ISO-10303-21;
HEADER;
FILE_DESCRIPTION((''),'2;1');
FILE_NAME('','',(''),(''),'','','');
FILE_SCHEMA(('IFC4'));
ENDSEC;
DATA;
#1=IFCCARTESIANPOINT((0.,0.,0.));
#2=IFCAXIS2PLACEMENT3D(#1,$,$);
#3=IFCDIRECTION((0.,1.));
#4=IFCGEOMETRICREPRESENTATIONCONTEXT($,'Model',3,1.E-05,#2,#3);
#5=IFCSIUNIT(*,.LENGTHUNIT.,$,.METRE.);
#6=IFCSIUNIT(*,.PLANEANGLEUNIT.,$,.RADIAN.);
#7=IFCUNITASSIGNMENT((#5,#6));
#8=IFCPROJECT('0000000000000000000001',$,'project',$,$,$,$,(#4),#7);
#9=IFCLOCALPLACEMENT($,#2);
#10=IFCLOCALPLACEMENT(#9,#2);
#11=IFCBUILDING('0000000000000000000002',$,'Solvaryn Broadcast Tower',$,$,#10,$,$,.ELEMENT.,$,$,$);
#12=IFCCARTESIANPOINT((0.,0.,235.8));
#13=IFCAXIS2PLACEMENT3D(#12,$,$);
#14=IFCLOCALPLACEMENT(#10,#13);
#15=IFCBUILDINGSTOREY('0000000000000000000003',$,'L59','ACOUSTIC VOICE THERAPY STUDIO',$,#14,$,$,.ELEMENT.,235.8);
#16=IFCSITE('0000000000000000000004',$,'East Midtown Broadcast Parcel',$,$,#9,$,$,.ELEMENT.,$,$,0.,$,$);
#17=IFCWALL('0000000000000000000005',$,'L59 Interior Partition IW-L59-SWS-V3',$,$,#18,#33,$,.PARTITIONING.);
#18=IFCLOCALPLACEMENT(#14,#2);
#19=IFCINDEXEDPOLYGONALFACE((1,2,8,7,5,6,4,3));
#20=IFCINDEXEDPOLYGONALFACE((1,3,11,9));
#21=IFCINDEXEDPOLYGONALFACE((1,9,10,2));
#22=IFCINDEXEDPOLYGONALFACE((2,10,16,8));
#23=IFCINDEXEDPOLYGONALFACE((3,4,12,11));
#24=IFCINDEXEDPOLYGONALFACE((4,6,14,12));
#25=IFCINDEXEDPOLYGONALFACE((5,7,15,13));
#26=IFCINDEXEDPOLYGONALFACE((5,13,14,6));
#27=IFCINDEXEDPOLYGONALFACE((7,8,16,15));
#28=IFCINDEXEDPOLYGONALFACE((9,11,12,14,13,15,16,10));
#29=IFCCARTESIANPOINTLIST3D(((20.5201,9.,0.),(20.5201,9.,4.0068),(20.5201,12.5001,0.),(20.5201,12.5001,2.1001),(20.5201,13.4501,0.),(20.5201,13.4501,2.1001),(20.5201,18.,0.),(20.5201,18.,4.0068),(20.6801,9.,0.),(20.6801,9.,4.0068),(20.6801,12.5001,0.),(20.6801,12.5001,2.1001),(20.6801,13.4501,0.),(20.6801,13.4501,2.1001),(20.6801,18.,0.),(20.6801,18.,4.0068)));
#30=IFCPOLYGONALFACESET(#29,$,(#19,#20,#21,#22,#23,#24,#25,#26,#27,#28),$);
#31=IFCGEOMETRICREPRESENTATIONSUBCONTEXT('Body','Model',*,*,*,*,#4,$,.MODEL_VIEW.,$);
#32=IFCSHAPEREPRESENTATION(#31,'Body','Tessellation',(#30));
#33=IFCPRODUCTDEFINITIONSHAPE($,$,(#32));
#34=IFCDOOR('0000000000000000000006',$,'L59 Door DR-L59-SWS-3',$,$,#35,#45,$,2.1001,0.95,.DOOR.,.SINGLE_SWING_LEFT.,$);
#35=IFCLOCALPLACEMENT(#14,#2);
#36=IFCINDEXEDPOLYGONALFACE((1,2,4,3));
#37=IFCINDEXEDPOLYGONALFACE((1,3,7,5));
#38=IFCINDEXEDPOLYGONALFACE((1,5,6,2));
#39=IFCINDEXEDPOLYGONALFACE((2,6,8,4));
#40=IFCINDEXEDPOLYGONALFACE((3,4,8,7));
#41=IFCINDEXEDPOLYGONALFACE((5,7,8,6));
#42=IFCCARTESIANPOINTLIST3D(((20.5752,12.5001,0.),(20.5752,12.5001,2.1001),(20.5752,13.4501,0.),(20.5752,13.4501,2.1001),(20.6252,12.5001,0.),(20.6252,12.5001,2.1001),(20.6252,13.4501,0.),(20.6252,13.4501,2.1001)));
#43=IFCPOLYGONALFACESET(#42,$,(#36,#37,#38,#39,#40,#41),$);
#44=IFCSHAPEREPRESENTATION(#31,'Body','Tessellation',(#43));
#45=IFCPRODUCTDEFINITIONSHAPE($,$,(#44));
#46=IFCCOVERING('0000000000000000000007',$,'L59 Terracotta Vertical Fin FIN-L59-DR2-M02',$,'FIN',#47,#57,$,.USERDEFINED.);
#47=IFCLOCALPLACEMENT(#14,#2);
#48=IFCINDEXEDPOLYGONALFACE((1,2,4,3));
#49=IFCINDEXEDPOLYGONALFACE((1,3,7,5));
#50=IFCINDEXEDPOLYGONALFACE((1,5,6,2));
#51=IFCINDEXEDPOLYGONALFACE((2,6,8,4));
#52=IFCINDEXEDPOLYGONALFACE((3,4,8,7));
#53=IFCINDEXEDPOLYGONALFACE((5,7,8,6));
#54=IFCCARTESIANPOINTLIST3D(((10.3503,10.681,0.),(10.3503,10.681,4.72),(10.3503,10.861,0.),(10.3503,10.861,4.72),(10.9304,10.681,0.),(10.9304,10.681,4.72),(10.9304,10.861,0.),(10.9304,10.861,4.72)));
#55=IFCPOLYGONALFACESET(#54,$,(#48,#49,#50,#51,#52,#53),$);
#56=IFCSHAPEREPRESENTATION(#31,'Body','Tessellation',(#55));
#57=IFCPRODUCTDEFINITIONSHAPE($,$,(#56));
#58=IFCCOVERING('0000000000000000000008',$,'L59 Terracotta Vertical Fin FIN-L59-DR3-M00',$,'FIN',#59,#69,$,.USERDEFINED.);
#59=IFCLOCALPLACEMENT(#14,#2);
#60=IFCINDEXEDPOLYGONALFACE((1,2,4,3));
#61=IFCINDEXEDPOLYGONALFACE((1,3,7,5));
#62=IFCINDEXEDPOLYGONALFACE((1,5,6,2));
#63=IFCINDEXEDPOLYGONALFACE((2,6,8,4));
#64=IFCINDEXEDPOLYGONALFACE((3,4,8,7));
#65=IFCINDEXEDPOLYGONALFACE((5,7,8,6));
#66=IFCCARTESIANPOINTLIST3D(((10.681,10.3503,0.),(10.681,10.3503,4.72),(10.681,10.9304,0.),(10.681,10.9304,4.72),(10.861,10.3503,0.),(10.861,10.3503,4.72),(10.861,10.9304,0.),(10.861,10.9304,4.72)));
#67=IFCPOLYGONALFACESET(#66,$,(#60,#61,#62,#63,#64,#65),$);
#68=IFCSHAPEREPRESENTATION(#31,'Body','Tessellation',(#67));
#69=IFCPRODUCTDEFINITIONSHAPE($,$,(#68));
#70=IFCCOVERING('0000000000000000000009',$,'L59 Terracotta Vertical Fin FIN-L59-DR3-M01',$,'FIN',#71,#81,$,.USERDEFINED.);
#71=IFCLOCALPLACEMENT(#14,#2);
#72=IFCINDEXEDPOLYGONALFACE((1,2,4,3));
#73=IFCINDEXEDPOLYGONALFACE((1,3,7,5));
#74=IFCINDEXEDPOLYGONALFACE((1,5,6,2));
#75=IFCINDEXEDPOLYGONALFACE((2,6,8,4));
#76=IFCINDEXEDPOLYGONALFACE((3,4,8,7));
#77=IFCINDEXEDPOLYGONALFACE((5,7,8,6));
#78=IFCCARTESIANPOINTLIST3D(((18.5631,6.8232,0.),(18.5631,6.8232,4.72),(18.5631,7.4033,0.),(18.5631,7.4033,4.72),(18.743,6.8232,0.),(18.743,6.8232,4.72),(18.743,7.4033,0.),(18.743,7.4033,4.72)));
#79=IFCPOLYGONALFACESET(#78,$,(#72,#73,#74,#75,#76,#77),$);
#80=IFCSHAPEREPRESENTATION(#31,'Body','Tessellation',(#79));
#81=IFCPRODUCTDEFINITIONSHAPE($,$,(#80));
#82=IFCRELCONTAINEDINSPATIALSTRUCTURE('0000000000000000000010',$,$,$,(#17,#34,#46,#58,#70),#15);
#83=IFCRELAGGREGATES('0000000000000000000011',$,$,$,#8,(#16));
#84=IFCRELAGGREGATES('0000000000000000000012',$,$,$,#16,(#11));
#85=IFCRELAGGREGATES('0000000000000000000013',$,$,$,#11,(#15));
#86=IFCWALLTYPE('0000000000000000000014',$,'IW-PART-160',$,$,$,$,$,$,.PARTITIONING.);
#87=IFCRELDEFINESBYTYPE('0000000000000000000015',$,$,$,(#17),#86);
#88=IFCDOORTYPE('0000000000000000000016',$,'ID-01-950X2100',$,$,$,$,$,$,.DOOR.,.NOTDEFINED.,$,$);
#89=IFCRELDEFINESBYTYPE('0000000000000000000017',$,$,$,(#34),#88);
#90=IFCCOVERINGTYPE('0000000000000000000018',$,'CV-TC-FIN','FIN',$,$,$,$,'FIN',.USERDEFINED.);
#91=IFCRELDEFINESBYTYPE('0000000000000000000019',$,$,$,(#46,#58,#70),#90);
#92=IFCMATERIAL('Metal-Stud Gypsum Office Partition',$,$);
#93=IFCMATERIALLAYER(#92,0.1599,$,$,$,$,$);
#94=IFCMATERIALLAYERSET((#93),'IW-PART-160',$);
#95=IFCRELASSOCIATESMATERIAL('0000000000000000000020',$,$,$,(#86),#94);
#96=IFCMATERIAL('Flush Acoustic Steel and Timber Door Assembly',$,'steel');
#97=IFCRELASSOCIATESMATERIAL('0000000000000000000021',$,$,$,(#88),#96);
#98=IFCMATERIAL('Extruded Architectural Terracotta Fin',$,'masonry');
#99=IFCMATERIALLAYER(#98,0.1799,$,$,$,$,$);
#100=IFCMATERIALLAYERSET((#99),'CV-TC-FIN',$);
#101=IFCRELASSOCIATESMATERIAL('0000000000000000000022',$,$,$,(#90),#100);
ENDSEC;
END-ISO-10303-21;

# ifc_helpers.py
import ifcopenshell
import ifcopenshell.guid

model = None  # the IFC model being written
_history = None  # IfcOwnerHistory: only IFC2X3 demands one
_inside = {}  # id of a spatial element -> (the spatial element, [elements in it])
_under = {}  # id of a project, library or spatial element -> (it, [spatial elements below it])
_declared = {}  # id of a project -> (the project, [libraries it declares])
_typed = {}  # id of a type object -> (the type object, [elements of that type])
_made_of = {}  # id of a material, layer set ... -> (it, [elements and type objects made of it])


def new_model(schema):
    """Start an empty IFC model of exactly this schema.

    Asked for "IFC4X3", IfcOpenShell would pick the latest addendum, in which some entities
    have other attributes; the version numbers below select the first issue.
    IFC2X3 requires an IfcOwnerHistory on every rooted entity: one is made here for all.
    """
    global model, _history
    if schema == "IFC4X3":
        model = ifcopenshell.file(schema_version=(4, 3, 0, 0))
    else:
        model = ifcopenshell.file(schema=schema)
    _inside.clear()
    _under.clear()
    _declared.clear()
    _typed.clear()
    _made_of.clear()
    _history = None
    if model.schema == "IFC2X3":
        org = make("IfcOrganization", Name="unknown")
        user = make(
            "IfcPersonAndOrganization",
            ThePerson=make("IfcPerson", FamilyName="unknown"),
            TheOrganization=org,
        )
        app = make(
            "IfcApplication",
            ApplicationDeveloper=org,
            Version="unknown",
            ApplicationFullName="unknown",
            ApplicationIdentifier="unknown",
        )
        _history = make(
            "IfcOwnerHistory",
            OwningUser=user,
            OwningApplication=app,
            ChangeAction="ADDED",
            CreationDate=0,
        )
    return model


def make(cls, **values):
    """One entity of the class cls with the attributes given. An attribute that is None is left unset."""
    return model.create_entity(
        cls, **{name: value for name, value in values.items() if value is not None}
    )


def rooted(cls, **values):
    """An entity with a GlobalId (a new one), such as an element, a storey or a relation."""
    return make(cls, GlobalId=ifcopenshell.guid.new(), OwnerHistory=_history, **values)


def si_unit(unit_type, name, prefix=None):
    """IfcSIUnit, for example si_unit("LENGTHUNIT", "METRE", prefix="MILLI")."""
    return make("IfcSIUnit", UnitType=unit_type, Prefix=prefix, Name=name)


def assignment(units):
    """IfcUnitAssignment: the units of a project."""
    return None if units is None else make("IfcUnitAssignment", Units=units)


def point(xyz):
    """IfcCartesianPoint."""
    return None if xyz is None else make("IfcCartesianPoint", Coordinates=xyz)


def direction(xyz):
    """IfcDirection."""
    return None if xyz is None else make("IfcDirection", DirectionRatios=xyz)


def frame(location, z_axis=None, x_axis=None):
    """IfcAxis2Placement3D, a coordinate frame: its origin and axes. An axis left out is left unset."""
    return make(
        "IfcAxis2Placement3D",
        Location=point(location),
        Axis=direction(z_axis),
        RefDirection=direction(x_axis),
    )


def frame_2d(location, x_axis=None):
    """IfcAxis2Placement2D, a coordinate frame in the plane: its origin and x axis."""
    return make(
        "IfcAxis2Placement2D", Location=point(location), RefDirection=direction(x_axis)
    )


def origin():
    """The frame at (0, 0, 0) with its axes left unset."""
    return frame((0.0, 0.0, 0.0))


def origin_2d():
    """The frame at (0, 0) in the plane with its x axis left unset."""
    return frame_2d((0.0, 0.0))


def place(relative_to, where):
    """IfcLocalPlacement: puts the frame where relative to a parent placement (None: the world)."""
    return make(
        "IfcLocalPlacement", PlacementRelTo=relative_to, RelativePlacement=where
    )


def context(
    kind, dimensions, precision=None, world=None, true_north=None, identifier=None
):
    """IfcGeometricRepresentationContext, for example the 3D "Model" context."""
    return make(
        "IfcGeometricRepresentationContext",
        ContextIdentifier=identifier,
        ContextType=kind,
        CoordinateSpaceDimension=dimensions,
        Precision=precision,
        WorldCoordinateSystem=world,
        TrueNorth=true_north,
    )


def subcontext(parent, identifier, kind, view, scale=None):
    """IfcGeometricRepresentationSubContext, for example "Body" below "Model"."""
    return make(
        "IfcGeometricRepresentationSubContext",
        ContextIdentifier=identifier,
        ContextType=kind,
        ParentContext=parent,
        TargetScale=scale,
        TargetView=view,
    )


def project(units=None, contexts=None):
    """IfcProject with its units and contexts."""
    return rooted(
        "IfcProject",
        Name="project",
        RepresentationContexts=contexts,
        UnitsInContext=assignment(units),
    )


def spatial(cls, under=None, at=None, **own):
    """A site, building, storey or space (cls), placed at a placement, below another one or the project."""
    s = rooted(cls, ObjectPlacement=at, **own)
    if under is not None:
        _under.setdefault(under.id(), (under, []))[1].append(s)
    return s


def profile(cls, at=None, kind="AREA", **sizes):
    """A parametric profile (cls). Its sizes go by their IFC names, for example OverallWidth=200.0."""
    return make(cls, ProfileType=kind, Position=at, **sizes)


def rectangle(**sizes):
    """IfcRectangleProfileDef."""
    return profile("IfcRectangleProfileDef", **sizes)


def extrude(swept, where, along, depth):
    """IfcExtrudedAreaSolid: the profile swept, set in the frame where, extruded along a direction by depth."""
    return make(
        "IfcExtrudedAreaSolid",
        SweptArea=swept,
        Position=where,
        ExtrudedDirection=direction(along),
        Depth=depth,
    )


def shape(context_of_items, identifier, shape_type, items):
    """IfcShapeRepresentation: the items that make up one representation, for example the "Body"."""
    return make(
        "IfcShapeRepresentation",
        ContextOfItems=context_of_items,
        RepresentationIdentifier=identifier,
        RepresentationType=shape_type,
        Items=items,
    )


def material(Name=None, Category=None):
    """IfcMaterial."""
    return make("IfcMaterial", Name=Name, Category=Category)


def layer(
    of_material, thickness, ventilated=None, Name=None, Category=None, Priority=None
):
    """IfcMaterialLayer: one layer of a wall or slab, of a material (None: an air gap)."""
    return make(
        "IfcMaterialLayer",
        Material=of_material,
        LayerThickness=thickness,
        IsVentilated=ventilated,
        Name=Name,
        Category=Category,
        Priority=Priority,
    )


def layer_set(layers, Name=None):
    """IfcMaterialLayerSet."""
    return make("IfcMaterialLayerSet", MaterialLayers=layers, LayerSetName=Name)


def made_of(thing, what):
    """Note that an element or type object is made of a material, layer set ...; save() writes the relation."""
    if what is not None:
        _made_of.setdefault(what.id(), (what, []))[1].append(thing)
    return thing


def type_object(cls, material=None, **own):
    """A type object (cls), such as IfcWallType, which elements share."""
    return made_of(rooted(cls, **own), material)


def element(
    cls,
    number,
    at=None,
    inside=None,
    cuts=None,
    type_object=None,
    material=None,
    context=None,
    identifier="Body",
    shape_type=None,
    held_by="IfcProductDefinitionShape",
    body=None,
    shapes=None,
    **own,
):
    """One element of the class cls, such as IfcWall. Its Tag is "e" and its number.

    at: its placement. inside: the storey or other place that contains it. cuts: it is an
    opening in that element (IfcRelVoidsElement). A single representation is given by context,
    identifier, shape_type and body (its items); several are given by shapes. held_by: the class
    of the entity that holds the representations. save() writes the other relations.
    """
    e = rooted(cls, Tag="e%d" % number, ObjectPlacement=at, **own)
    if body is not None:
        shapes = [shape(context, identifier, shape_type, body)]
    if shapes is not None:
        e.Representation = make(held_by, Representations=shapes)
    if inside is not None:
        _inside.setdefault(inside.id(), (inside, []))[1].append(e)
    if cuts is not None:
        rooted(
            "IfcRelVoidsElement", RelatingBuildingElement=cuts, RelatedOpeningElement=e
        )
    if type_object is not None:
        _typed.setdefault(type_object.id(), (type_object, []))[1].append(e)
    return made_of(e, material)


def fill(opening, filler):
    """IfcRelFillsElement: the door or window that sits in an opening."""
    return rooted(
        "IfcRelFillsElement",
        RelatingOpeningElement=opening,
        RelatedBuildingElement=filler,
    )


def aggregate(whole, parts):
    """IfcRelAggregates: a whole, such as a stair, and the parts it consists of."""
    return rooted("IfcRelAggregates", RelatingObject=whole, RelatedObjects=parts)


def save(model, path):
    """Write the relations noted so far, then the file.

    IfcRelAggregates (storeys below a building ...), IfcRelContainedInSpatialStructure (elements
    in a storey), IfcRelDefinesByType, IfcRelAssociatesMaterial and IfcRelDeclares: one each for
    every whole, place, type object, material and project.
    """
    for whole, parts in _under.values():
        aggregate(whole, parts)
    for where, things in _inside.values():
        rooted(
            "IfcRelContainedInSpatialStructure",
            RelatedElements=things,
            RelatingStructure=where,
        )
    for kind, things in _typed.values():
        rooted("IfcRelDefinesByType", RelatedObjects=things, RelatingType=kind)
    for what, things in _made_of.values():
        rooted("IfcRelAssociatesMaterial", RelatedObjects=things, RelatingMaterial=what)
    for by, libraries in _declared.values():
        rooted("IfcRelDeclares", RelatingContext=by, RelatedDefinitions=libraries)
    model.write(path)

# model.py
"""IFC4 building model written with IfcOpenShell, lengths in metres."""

from ifc_helpers import new_model, si_unit, direction, frame, frame_2d, origin, origin_2d, place, context, subcontext, project, spatial, rectangle, extrude, material, layer, layer_set, type_object, element, fill, save


model = new_model("IFC4")

# Units and contexts
model_context = context("Model", 3, precision=1e-05, world=origin(), true_north=direction((0.0, 1.0)))
body_context = subcontext(model_context, "Body", "Model", "MODEL_VIEW")
ifc_project = project(units=[si_unit("LENGTHUNIT", "METRE"), si_unit("PLANEANGLEUNIT", "RADIAN")], contexts=[model_context])

# Site, building, storey
site_placement = place(None, origin())
site = spatial("IfcSite", under=ifc_project, at=site_placement, Name="East Midtown Broadcast Parcel", CompositionType="ELEMENT", RefElevation=0.0)
building_placement = place(site_placement, origin())
building = spatial("IfcBuilding", under=site, at=building_placement, Name="Solvaryn Broadcast Tower", CompositionType="ELEMENT")
storey_placement = place(building_placement, frame((0.0, 0.0, 235.8)))
storey = spatial("IfcBuildingStorey", under=building, at=storey_placement, Name="L59", Description="ACOUSTIC VOICE THERAPY STUDIO", CompositionType="ELEMENT", Elevation=235.8)

# Wall, opening, door
ifc_material_1 = material(Name="Metal-Stud Gypsum Office Partition")
ifc_layer_1 = layer(ifc_material_1, 0.1599)
ifc_layer_set_1 = layer_set([ifc_layer_1], Name="IW-PART-160")
wall_type = type_object("IfcWallType", Name="IW-PART-160", PredefinedType="PARTITIONING", material=ifc_layer_set_1)
wall_1_placement = place(storey_placement, frame((20.6001, 9.0, 0.0), z_axis=(0.0, 0.0, 1.0), x_axis=(0.0, 1.0, 0.0)))
wall_1 = element("IfcWall", 1, at=wall_1_placement, inside=storey, type_object=wall_type, Name="L59 Interior Partition IW-L59-SWS-V3", PredefinedType="PARTITIONING", context=body_context, shape_type="SweptSolid", body=[
    extrude(rectangle(XDim=9.0, YDim=0.1599, at=frame_2d((4.5, 0.0))), origin(), (0.0, 0.0, 1.0), 4.0068),
])
opening_1_placement = place(wall_1_placement, frame((3.5, 0.0, 0.0)))
opening_1 = element("IfcOpeningElement", 2, at=opening_1_placement, cuts=wall_1, PredefinedType="OPENING", context=body_context, shape_type="SweptSolid", body=[
    extrude(rectangle(XDim=0.95, YDim=2.1001, at=frame_2d((0.4751, 1.05))), frame((0.0, 0.0901, 0.0), z_axis=(0.0, -1.0, 0.0), x_axis=(1.0, 0.0, 0.0)), (0.0, 0.0, 1.0), 0.1799),
])
ifc_material_2 = material(Name="Flush Acoustic Steel and Timber Door Assembly", Category="steel")
door_type_1 = type_object("IfcDoorType", Name="ID-01-950X2100", OperationType="NOTDEFINED", PredefinedType="DOOR", material=ifc_material_2)
door_1_placement = place(opening_1_placement, origin())
door_1 = element("IfcDoor", 3, at=door_1_placement, inside=storey, type_object=door_type_1, Name="L59 Door DR-L59-SWS-3", OperationType="SINGLE_SWING_LEFT", OverallHeight=2.1001, OverallWidth=0.95, PredefinedType="DOOR", context=body_context, shape_type="SweptSolid", body=[
    extrude(rectangle(XDim=0.95, YDim=2.1001, at=frame_2d((0.4751, 1.05))), frame((0.0, 0.0249, 0.0), z_axis=(0.0, -1.0, 0.0), x_axis=(1.0, 0.0, 0.0)), (0.0, 0.0, 1.0), 0.05),
])
fill(opening_1, door_1)

# Coverings
ifc_material_3 = material(Name="Extruded Architectural Terracotta Fin", Category="masonry")
ifc_layer_2 = layer(ifc_material_3, 0.1799)
ifc_layer_set_2 = layer_set([ifc_layer_2], Name="CV-TC-FIN")
covering_type = type_object("IfcCoveringType", Name="CV-TC-FIN", Description="FIN", ElementType="FIN", PredefinedType="USERDEFINED", material=ifc_layer_set_2)
covering_placement = place(storey_placement, frame((10.6404, 10.771, 0.0), z_axis=(0.0, 0.0, 1.0), x_axis=(1.0, 0.0, 0.0)))
element("IfcCovering", 4, at=covering_placement, inside=storey, type_object=covering_type, Name="L59 Terracotta Vertical Fin FIN-L59-DR2-M02", ObjectType="FIN", PredefinedType="USERDEFINED", context=body_context, shape_type="SweptSolid", body=[
    extrude(rectangle(XDim=0.5801, YDim=0.1799, at=origin_2d()), origin(), (0.0, 0.0, 1.0), 4.72),
])
for number, where, z_axis, x_axis, name in (
    (5, (10.771, 10.6404, 0.0), (0.0, 0.0, 1.0), (1.0, 0.0, 0.0), "L59 Terracotta Vertical Fin FIN-L59-DR3-M00"),
    (6, (18.6531, 7.1133, 0.0), (0.0, 0.0, 1.0), (1.0, 0.0, 0.0), "L59 Terracotta Vertical Fin FIN-L59-DR3-M01"),
):
    element("IfcCovering", number, at=place(storey_placement, frame(where, z_axis=z_axis, x_axis=x_axis)), inside=storey, type_object=covering_type, Name=name, ObjectType="FIN", PredefinedType="USERDEFINED", context=body_context, shape_type="SweptSolid", body=[
        extrude(rectangle(XDim=0.1799, YDim=0.5801, at=origin_2d()), origin(), (0.0, 0.0, 1.0), 4.72),
    ])

save(model, "model.ifc")
